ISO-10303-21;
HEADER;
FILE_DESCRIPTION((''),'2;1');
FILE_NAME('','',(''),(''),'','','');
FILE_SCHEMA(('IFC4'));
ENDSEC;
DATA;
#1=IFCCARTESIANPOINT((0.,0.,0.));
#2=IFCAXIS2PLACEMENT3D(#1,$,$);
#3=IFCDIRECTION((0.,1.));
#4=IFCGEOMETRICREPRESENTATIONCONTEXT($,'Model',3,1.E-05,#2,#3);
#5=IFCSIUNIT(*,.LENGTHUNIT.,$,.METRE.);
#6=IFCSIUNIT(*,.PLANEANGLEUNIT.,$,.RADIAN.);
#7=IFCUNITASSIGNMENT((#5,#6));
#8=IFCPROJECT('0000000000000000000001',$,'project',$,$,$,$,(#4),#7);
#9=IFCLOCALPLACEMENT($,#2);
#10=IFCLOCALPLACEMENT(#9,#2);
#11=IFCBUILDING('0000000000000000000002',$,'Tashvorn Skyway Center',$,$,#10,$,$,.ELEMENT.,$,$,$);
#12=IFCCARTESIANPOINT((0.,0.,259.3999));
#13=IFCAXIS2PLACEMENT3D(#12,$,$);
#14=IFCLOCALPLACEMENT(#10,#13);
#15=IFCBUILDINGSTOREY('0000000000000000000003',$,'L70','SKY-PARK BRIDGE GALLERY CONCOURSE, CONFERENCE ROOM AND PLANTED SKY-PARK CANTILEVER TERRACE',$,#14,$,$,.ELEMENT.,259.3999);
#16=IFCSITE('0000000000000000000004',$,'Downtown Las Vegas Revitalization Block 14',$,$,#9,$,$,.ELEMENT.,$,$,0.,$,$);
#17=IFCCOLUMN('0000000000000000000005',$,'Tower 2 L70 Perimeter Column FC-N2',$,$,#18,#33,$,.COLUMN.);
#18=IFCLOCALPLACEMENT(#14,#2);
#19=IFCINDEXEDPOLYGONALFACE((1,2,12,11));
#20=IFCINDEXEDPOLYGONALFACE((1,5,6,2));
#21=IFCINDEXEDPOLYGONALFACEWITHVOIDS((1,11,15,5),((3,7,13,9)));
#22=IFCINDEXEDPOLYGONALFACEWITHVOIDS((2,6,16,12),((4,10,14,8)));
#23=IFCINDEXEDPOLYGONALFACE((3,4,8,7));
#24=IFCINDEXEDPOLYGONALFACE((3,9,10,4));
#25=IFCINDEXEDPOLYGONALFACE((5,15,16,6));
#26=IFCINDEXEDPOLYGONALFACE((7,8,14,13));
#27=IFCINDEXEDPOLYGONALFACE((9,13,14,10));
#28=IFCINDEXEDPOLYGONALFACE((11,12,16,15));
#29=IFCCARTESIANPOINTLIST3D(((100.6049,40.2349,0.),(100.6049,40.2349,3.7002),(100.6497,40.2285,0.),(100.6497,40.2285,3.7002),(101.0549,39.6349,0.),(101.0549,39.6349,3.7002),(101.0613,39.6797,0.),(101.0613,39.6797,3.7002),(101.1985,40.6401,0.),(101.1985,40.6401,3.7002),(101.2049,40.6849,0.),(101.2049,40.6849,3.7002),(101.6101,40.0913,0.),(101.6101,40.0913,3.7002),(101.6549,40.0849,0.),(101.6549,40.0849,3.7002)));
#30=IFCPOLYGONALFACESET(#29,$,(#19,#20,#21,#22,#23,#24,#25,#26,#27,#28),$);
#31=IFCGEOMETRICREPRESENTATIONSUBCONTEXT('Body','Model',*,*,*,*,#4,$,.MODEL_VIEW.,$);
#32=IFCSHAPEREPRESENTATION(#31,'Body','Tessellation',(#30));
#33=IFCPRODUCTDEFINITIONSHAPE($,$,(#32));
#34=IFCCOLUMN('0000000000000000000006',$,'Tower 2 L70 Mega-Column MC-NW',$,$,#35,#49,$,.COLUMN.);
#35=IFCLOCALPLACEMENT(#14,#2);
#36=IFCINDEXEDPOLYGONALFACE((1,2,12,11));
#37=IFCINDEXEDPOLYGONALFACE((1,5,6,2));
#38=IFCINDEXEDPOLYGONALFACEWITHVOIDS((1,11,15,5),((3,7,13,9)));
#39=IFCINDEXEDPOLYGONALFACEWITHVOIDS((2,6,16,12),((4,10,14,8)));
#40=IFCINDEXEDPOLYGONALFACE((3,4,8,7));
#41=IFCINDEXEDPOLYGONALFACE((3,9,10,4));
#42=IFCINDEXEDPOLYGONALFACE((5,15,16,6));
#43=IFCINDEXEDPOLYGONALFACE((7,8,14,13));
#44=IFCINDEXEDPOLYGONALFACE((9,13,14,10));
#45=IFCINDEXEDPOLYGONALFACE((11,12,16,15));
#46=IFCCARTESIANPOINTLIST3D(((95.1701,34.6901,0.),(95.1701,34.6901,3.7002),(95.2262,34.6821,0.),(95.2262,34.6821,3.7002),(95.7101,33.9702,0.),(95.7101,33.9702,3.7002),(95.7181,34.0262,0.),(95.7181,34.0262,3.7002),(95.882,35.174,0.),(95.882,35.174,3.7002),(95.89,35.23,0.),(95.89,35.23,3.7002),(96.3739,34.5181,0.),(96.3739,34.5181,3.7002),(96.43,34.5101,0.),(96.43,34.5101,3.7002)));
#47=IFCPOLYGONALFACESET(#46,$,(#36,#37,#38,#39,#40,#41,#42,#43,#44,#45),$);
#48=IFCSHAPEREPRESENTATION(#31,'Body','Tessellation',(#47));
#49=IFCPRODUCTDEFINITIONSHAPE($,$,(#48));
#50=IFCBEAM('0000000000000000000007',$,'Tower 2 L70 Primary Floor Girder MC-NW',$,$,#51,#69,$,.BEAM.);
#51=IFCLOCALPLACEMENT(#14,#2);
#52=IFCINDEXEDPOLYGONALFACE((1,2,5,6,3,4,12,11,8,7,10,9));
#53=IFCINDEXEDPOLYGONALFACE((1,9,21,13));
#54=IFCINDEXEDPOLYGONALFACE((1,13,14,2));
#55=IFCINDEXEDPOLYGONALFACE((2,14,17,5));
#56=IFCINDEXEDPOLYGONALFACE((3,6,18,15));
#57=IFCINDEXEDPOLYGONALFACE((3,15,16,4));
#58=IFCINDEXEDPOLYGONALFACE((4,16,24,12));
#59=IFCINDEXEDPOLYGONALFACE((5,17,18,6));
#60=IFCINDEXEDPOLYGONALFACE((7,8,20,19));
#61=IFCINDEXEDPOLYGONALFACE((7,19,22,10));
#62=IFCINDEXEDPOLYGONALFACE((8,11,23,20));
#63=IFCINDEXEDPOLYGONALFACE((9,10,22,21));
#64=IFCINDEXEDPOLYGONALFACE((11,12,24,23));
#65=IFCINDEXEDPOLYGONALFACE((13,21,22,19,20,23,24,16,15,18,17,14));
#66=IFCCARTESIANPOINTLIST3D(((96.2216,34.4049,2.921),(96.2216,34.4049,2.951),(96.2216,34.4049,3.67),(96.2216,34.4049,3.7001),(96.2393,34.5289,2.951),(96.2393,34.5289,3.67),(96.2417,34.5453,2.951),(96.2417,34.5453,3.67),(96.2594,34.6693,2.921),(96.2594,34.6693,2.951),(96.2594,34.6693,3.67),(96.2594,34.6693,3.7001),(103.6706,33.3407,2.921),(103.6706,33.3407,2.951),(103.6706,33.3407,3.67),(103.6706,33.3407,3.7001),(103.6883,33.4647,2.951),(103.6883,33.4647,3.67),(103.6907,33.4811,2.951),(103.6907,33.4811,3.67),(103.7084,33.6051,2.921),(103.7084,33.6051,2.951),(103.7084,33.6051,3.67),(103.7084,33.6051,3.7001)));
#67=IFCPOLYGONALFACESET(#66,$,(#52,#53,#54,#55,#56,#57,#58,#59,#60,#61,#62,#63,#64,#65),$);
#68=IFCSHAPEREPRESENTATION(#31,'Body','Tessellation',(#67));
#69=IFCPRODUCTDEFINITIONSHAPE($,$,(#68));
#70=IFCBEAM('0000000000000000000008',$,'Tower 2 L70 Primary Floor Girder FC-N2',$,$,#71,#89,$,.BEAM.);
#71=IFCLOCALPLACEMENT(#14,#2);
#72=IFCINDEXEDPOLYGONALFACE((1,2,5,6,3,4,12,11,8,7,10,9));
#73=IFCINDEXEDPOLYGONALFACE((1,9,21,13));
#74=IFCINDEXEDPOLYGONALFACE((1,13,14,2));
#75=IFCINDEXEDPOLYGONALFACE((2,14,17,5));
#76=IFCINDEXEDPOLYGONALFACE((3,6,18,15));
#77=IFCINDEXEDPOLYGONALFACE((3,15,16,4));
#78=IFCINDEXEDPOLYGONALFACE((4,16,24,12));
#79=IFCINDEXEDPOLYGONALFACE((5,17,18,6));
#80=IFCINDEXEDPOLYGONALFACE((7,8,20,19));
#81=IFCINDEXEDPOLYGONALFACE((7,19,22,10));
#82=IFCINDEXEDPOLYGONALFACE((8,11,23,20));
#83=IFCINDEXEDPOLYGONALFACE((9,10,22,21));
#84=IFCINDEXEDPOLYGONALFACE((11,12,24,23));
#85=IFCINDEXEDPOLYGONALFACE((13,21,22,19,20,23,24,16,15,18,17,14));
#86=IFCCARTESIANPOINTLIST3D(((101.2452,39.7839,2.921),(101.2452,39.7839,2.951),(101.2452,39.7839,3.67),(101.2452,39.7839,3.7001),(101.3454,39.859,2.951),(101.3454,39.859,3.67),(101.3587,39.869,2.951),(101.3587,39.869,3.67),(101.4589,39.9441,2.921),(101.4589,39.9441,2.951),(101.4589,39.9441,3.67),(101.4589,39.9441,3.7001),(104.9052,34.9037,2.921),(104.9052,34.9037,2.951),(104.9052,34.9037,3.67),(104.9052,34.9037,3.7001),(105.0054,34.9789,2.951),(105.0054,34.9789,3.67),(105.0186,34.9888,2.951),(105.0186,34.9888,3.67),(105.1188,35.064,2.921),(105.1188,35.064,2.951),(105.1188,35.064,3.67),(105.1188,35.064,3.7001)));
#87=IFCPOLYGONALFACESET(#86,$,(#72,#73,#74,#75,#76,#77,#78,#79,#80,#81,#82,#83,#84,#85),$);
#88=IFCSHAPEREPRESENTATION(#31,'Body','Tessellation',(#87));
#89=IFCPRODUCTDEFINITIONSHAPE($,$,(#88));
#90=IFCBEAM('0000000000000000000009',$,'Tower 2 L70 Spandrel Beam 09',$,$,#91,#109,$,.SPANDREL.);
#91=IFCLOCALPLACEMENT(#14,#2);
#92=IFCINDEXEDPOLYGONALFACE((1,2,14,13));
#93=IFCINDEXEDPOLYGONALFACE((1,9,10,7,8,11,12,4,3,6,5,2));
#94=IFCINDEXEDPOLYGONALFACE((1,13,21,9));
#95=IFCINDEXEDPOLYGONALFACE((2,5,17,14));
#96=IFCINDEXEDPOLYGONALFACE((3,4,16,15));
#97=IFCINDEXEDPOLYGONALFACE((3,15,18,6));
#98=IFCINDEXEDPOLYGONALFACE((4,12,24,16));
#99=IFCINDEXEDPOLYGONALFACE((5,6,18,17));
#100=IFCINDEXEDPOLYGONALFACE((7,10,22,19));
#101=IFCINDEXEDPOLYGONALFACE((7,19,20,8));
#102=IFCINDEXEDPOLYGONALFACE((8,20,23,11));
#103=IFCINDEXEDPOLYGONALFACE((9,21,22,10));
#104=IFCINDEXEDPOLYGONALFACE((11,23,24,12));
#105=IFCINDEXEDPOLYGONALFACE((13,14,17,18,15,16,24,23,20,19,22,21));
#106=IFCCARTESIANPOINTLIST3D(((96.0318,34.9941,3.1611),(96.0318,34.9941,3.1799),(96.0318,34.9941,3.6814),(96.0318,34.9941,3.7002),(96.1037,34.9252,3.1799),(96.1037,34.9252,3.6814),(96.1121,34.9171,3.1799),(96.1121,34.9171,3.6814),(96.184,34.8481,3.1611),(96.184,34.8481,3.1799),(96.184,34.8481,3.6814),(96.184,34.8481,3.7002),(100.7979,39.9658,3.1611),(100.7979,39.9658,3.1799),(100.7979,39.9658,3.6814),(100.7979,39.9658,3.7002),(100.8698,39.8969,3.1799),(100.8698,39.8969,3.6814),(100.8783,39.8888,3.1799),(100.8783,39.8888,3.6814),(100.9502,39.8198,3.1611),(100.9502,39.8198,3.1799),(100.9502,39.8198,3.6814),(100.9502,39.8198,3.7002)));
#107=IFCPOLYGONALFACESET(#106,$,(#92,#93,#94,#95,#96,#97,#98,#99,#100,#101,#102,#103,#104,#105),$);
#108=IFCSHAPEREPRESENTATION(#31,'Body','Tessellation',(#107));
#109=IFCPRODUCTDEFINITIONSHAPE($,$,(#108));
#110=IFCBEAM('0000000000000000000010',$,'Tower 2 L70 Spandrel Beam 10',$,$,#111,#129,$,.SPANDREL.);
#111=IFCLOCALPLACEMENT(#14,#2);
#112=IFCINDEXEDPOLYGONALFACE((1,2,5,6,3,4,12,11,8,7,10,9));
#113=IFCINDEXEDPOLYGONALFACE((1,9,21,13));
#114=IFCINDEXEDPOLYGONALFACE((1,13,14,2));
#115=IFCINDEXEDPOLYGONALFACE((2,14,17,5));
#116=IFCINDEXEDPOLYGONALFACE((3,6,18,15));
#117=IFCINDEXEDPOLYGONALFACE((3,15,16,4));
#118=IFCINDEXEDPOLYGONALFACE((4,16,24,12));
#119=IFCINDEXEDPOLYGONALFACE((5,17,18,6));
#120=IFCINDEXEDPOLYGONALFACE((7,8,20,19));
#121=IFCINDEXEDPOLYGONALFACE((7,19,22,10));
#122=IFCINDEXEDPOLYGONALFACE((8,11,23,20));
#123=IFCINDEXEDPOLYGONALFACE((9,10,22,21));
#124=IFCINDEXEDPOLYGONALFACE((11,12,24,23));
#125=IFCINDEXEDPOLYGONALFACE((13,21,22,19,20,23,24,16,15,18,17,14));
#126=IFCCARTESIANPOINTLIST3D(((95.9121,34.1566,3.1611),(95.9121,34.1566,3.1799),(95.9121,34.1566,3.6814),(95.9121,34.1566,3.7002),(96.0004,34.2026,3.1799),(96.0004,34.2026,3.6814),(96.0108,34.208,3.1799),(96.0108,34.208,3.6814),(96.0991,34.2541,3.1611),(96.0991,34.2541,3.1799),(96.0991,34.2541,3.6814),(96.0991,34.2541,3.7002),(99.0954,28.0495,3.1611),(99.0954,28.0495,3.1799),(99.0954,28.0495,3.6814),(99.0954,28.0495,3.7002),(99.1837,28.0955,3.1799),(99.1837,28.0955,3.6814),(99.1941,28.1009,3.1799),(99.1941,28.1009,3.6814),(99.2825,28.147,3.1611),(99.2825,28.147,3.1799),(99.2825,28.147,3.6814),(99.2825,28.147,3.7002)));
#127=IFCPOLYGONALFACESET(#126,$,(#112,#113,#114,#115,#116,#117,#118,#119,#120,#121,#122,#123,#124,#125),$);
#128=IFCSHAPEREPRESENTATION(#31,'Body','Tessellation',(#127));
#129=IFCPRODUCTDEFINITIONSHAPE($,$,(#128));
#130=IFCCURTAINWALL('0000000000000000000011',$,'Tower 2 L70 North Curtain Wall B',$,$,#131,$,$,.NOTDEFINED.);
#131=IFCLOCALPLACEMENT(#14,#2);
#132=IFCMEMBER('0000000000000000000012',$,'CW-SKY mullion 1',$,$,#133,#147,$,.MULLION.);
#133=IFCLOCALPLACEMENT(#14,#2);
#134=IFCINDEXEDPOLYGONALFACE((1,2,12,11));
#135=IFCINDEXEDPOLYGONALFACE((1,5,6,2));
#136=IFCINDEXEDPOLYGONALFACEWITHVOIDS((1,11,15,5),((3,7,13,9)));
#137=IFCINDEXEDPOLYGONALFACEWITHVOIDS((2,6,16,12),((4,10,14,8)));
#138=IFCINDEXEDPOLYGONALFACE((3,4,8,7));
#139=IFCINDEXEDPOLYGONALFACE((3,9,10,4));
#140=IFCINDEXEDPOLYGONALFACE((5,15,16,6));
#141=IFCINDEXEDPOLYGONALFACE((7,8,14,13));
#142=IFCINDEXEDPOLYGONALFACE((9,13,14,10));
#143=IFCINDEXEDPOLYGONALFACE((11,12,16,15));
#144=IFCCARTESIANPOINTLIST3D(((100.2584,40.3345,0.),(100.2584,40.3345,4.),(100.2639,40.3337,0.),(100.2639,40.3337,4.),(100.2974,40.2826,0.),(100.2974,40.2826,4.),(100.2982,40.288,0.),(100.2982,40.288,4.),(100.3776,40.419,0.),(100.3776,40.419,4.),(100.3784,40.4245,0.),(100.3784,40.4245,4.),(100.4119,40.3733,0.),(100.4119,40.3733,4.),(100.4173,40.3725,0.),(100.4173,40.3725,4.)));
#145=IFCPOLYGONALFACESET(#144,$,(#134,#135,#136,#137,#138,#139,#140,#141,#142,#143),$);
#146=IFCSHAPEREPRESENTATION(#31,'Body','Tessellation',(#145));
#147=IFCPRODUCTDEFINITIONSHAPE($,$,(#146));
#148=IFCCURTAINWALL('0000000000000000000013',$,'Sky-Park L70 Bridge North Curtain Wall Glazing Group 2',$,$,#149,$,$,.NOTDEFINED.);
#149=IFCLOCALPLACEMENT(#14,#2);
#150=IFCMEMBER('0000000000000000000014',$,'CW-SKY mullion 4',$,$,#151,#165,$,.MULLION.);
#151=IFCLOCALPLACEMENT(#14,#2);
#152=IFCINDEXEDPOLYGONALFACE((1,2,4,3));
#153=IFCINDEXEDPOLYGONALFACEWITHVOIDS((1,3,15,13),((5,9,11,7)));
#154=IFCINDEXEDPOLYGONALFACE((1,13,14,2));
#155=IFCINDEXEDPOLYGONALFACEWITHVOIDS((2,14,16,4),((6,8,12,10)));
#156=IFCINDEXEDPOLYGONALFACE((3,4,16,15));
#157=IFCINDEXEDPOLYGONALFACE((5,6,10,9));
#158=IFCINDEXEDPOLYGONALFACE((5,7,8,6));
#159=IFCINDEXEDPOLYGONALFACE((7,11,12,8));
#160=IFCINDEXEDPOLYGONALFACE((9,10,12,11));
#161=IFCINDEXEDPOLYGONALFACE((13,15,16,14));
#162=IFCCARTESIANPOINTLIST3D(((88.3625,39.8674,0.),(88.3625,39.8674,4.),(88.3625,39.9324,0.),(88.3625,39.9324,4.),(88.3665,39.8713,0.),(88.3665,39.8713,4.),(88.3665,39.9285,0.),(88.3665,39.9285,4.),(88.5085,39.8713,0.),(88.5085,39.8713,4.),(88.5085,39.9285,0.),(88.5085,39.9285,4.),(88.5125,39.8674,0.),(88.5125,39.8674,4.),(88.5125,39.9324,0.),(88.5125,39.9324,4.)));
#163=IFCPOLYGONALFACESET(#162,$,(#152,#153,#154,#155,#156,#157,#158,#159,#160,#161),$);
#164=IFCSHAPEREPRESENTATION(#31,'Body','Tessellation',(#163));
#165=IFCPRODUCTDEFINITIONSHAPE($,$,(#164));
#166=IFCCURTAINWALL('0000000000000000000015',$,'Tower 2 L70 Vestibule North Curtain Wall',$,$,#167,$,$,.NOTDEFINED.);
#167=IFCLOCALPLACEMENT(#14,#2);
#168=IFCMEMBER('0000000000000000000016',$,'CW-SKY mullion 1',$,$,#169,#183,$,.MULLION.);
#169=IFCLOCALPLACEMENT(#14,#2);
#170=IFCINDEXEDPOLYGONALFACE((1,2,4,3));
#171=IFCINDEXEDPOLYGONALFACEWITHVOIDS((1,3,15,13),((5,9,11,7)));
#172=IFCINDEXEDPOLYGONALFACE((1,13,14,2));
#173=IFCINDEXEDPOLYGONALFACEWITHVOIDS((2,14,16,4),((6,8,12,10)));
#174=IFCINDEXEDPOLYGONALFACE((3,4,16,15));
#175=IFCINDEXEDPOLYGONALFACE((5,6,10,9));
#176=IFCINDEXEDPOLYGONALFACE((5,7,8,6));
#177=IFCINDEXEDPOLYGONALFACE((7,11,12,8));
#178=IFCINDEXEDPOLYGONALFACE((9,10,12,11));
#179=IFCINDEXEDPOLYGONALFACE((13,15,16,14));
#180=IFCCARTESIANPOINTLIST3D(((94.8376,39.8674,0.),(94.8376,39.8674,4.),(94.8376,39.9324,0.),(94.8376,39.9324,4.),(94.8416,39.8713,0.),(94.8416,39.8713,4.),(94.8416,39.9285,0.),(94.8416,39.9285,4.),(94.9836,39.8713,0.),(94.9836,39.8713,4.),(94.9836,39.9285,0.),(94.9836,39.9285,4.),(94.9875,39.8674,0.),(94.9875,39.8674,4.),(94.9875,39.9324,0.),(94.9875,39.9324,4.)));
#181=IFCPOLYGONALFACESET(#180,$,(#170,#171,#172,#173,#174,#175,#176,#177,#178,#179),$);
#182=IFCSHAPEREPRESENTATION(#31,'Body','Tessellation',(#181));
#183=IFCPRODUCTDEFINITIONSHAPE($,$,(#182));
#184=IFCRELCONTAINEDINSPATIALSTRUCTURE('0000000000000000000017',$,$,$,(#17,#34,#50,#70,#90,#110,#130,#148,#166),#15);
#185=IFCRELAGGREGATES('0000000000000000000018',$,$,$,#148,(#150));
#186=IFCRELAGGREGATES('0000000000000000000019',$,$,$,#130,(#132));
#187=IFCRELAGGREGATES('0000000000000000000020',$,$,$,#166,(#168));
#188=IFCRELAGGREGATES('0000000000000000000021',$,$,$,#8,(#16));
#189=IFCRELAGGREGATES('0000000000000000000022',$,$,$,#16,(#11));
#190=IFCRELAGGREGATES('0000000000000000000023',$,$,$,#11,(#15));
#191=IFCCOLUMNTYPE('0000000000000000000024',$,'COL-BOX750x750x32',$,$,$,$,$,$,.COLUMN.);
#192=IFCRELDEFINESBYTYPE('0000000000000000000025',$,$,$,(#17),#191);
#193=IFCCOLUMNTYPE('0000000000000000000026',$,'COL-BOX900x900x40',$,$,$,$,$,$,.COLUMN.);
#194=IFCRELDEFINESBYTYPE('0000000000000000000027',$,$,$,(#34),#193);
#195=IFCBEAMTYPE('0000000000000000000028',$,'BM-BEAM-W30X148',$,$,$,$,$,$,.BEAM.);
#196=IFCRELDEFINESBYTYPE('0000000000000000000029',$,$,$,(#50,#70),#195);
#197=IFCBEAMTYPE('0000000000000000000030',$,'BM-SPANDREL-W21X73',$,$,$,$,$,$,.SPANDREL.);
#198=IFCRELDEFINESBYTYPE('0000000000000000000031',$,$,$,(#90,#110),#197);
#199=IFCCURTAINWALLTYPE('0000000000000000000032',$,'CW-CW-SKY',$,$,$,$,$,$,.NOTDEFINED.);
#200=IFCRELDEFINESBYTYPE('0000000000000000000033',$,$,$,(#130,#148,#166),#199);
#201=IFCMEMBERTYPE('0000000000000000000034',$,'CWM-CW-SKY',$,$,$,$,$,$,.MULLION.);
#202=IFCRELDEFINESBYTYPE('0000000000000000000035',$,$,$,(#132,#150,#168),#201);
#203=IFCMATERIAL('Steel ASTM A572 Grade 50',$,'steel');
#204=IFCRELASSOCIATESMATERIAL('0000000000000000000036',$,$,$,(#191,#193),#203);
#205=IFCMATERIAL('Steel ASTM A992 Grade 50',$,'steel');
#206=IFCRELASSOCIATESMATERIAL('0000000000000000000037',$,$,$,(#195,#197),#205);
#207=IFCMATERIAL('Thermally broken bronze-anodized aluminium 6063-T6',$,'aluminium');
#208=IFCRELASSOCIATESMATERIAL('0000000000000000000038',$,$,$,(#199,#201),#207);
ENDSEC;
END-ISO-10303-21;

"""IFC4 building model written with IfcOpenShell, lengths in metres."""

from ifc_helpers import new_model, si_unit, direction, frame, origin, origin_2d, place, context, subcontext, project, spatial, hollow_rectangle, i_section, extrude, material, material_profile, profile_set, type_object, element, aggregate, save


model = new_model("IFC4")

# Units and contexts
model_context = context("Model", 3, precision=1e-05, world=origin(), true_north=direction((0.0, 1.0)))
body_context = subcontext(model_context, "Body", "Model", "MODEL_VIEW")
ifc_project = project(units=[si_unit("LENGTHUNIT", "METRE"), si_unit("PLANEANGLEUNIT", "RADIAN")], contexts=[model_context])

# Site, building, storey
site_placement = place(None, origin())
site = spatial("IfcSite", under=ifc_project, at=site_placement, Name="Downtown Las Vegas Revitalization Block 14", CompositionType="ELEMENT", RefElevation=0.0)
building_placement = place(site_placement, origin())
building = spatial("IfcBuilding", under=site, at=building_placement, Name="Tashvorn Skyway Center", CompositionType="ELEMENT")
storey_placement = place(building_placement, frame((0.0, 0.0, 259.3999)))
storey = spatial("IfcBuildingStorey", under=building, at=storey_placement, Name="L70", Description="SKY-PARK BRIDGE GALLERY CONCOURSE, CONFERENCE ROOM AND PLANTED SKY-PARK CANTILEVER TERRACE", CompositionType="ELEMENT", Elevation=259.3999)

# Columns
ifc_material_1 = material(Name="Steel ASTM A572 Grade 50", Category="steel")
ifc_material_profile_1 = material_profile(ifc_material_1, hollow_rectangle(XDim=0.75, YDim=0.75, WallThickness=0.032, at=origin_2d()), Name="BOX750x750x32")
ifc_profile_set_1 = profile_set([ifc_material_profile_1], Name="Steel ASTM A572 Grade 50")
column_type_1 = type_object("IfcColumnType", Name="COL-BOX750x750x32", PredefinedType="COLUMN", material=ifc_profile_set_1)
column_1_placement = place(storey_placement, frame((101.1299, 40.1599, 0.0), z_axis=(0.0, 0.0, 1.0), x_axis=(0.8, 0.6, 0.0)))
element("IfcColumn", 1, at=column_1_placement, inside=storey, type_object=column_type_1, Name="Tower 2 L70 Perimeter Column FC-N2", PredefinedType="COLUMN", context=body_context, shape_type="SweptSolid", body=[
    extrude(hollow_rectangle(XDim=0.75, YDim=0.75, WallThickness=0.032, at=origin_2d()), origin(), (0.0, 0.0, 1.0), 3.7002),
])
ifc_material_profile_2 = material_profile(ifc_material_1, hollow_rectangle(XDim=0.8999, YDim=0.8999, WallThickness=0.04, at=origin_2d()), Name="BOX900x900x40")
ifc_profile_set_2 = profile_set([ifc_material_profile_2], Name="Steel ASTM A572 Grade 50")
column_type_2 = type_object("IfcColumnType", Name="COL-BOX900x900x40", PredefinedType="COLUMN", material=ifc_profile_set_2)
column_2_placement = place(storey_placement, frame((95.8, 34.6001, 0.0), z_axis=(0.0, 0.0, 1.0), x_axis=(0.8, 0.6, 0.0)))
element("IfcColumn", 2, at=column_2_placement, inside=storey, type_object=column_type_2, Name="Tower 2 L70 Mega-Column MC-NW", PredefinedType="COLUMN", context=body_context, shape_type="SweptSolid", body=[
    extrude(hollow_rectangle(XDim=0.8999, YDim=0.8999, WallThickness=0.04, at=origin_2d()), origin(), (0.0, 0.0, 1.0), 3.7002),
])

# Beams
ifc_material_2 = material(Name="Steel ASTM A992 Grade 50", Category="steel")
ifc_material_profile_3 = material_profile(ifc_material_2, i_section(OverallWidth=0.2671, OverallDepth=0.7791, WebThickness=0.0166, FlangeThickness=0.03, at=origin_2d()), Name="W30X148")
ifc_profile_set_3 = profile_set([ifc_material_profile_3], Name="Steel ASTM A992 Grade 50")
beam_type_1 = type_object("IfcBeamType", Name="BM-BEAM-W30X148", PredefinedType="BEAM", material=ifc_profile_set_3)
beam_1_placement = place(storey_placement, frame((96.2405, 34.5371, 3.3105), z_axis=(0.989948, -0.14143, 0.0), x_axis=(0.14143, 0.989948, 0.0)))
element("IfcBeam", 3, at=beam_1_placement, inside=storey, type_object=beam_type_1, Name="Tower 2 L70 Primary Floor Girder MC-NW", PredefinedType="BEAM", context=body_context, shape_type="SweptSolid", body=[
    extrude(i_section(OverallWidth=0.2671, OverallDepth=0.7791, WebThickness=0.0166, FlangeThickness=0.03, at=origin_2d()), origin(), (0.0, 0.0, 1.0), 7.5247),
])
beam_2_placement = place(storey_placement, frame((101.3521, 39.864, 3.3105), z_axis=(0.599981, -0.800014, 0.0), x_axis=(0.800014, 0.599981, 0.0)))
element("IfcBeam", 4, at=beam_2_placement, inside=storey, type_object=beam_type_1, Name="Tower 2 L70 Primary Floor Girder FC-N2", PredefinedType="BEAM", context=body_context, shape_type="SweptSolid", body=[
    extrude(i_section(OverallWidth=0.2671, OverallDepth=0.7791, WebThickness=0.0166, FlangeThickness=0.03, at=origin_2d()), origin(), (0.0, 0.0, 1.0), 6.1001),
])
ifc_material_profile_4 = material_profile(ifc_material_2, i_section(OverallWidth=0.2109, OverallDepth=0.5391, WebThickness=0.0117, FlangeThickness=0.0188, at=origin_2d()), Name="W21X73")
ifc_profile_set_4 = profile_set([ifc_material_profile_4], Name="Steel ASTM A992 Grade 50")
beam_type_2 = type_object("IfcBeamType", Name="BM-SPANDREL-W21X73", PredefinedType="SPANDREL", material=ifc_profile_set_4)
beam_3_placement = place(storey_placement, frame((100.874, 39.8928, 3.4307), z_axis=(-0.692025, -0.721873, 0.0), x_axis=(0.721873, -0.692025, 0.0)))
element("IfcBeam", 5, at=beam_3_placement, inside=storey, type_object=beam_type_2, Name="Tower 2 L70 Spandrel Beam 09", PredefinedType="SPANDREL", context=body_context, shape_type="SweptSolid", body=[
    extrude(i_section(OverallWidth=0.2109, OverallDepth=0.5391, WebThickness=0.0117, FlangeThickness=0.0188, at=origin_2d()), origin(), (0.0, 0.0, 1.0), 6.8872),
])
beam_4_placement = place(storey_placement, frame((96.0056, 34.2053, 3.4307), z_axis=(0.462223, -0.886764, 0.0), x_axis=(0.886764, 0.462223, 0.0)))
element("IfcBeam", 6, at=beam_4_placement, inside=storey, type_object=beam_type_2, Name="Tower 2 L70 Spandrel Beam 10", PredefinedType="SPANDREL", context=body_context, shape_type="SweptSolid", body=[
    extrude(i_section(OverallWidth=0.2109, OverallDepth=0.5391, WebThickness=0.0117, FlangeThickness=0.0188, at=origin_2d()), origin(), (0.0, 0.0, 1.0), 6.887),
])

# Curtain walls, members
ifc_material_3 = material(Name="Thermally broken bronze-anodized aluminium 6063-T6", Category="aluminium")
curtain_wall_type = type_object("IfcCurtainWallType", Name="CW-CW-SKY", PredefinedType="NOTDEFINED", material=ifc_material_3)
curtain_wall_1_placement = place(storey_placement, origin())
curtain_wall_1 = element("IfcCurtainWall", 7, at=curtain_wall_1_placement, inside=storey, type_object=curtain_wall_type, Name="Tower 2 L70 North Curtain Wall B", PredefinedType="NOTDEFINED")
ifc_material_profile_5 = material_profile(ifc_material_3, hollow_rectangle(XDim=0.0649, YDim=0.1499, WallThickness=0.0039, at=origin_2d()), Name="ALU-MULL-65x150")
ifc_profile_set_5 = profile_set([ifc_material_profile_5], Name="Thermally broken bronze-anodized aluminium 6063-T6")
member_type_1 = type_object("IfcMemberType", Name="CWM-CW-SKY", PredefinedType="MULLION", material=ifc_profile_set_5)
member_1_placement = place(storey_placement, frame((100.3379, 40.3535, 0.0), z_axis=(0.0, 0.0, 1.0), x_axis=(-0.6, 0.8, 0.0)))
member_1 = element("IfcMember", 8, at=member_1_placement, type_object=member_type_1, Name="CW-SKY mullion 1", PredefinedType="MULLION", context=body_context, shape_type="SweptSolid", body=[
    extrude(hollow_rectangle(XDim=0.0649, YDim=0.1499, WallThickness=0.0039, at=origin_2d()), origin(), (0.0, 0.0, 1.0), 4.0),
])
curtain_wall_2_placement = place(storey_placement, origin())
curtain_wall_2 = element("IfcCurtainWall", 9, at=curtain_wall_2_placement, inside=storey, type_object=curtain_wall_type, Name="Sky-Park L70 Bridge North Curtain Wall Glazing Group 2", PredefinedType="NOTDEFINED")
member_2_placement = place(storey_placement, frame((88.4375, 39.8999, 0.0), z_axis=(0.0, 0.0, 1.0), x_axis=(0.0, 1.0, 0.0)))
member_2 = element("IfcMember", 10, at=member_2_placement, type_object=member_type_1, Name="CW-SKY mullion 4", PredefinedType="MULLION", context=body_context, shape_type="SweptSolid", body=[
    extrude(hollow_rectangle(XDim=0.0649, YDim=0.1499, WallThickness=0.0039, at=origin_2d()), origin(), (0.0, 0.0, 1.0), 4.0),
])
aggregate(curtain_wall_2, [member_2])

# Curtain wall, member
curtain_wall_3_placement = place(storey_placement, origin())
curtain_wall_3 = element("IfcCurtainWall", 11, at=curtain_wall_3_placement, inside=storey, type_object=curtain_wall_type, Name="Tower 2 L70 Vestibule North Curtain Wall", PredefinedType="NOTDEFINED")
member_3_placement = place(storey_placement, frame((94.9126, 39.8999, 0.0), z_axis=(0.0, 0.0, 1.0), x_axis=(0.0, 1.0, 0.0)))
member_3 = element("IfcMember", 12, at=member_3_placement, type_object=member_type_1, Name="CW-SKY mullion 1", PredefinedType="MULLION", context=body_context, shape_type="SweptSolid", body=[
    extrude(hollow_rectangle(XDim=0.0649, YDim=0.1499, WallThickness=0.0039, at=origin_2d()), origin(), (0.0, 0.0, 1.0), 4.0),
])

aggregate(curtain_wall_1, [member_1])
aggregate(curtain_wall_3, [member_3])

save(model, "model.ifc")
